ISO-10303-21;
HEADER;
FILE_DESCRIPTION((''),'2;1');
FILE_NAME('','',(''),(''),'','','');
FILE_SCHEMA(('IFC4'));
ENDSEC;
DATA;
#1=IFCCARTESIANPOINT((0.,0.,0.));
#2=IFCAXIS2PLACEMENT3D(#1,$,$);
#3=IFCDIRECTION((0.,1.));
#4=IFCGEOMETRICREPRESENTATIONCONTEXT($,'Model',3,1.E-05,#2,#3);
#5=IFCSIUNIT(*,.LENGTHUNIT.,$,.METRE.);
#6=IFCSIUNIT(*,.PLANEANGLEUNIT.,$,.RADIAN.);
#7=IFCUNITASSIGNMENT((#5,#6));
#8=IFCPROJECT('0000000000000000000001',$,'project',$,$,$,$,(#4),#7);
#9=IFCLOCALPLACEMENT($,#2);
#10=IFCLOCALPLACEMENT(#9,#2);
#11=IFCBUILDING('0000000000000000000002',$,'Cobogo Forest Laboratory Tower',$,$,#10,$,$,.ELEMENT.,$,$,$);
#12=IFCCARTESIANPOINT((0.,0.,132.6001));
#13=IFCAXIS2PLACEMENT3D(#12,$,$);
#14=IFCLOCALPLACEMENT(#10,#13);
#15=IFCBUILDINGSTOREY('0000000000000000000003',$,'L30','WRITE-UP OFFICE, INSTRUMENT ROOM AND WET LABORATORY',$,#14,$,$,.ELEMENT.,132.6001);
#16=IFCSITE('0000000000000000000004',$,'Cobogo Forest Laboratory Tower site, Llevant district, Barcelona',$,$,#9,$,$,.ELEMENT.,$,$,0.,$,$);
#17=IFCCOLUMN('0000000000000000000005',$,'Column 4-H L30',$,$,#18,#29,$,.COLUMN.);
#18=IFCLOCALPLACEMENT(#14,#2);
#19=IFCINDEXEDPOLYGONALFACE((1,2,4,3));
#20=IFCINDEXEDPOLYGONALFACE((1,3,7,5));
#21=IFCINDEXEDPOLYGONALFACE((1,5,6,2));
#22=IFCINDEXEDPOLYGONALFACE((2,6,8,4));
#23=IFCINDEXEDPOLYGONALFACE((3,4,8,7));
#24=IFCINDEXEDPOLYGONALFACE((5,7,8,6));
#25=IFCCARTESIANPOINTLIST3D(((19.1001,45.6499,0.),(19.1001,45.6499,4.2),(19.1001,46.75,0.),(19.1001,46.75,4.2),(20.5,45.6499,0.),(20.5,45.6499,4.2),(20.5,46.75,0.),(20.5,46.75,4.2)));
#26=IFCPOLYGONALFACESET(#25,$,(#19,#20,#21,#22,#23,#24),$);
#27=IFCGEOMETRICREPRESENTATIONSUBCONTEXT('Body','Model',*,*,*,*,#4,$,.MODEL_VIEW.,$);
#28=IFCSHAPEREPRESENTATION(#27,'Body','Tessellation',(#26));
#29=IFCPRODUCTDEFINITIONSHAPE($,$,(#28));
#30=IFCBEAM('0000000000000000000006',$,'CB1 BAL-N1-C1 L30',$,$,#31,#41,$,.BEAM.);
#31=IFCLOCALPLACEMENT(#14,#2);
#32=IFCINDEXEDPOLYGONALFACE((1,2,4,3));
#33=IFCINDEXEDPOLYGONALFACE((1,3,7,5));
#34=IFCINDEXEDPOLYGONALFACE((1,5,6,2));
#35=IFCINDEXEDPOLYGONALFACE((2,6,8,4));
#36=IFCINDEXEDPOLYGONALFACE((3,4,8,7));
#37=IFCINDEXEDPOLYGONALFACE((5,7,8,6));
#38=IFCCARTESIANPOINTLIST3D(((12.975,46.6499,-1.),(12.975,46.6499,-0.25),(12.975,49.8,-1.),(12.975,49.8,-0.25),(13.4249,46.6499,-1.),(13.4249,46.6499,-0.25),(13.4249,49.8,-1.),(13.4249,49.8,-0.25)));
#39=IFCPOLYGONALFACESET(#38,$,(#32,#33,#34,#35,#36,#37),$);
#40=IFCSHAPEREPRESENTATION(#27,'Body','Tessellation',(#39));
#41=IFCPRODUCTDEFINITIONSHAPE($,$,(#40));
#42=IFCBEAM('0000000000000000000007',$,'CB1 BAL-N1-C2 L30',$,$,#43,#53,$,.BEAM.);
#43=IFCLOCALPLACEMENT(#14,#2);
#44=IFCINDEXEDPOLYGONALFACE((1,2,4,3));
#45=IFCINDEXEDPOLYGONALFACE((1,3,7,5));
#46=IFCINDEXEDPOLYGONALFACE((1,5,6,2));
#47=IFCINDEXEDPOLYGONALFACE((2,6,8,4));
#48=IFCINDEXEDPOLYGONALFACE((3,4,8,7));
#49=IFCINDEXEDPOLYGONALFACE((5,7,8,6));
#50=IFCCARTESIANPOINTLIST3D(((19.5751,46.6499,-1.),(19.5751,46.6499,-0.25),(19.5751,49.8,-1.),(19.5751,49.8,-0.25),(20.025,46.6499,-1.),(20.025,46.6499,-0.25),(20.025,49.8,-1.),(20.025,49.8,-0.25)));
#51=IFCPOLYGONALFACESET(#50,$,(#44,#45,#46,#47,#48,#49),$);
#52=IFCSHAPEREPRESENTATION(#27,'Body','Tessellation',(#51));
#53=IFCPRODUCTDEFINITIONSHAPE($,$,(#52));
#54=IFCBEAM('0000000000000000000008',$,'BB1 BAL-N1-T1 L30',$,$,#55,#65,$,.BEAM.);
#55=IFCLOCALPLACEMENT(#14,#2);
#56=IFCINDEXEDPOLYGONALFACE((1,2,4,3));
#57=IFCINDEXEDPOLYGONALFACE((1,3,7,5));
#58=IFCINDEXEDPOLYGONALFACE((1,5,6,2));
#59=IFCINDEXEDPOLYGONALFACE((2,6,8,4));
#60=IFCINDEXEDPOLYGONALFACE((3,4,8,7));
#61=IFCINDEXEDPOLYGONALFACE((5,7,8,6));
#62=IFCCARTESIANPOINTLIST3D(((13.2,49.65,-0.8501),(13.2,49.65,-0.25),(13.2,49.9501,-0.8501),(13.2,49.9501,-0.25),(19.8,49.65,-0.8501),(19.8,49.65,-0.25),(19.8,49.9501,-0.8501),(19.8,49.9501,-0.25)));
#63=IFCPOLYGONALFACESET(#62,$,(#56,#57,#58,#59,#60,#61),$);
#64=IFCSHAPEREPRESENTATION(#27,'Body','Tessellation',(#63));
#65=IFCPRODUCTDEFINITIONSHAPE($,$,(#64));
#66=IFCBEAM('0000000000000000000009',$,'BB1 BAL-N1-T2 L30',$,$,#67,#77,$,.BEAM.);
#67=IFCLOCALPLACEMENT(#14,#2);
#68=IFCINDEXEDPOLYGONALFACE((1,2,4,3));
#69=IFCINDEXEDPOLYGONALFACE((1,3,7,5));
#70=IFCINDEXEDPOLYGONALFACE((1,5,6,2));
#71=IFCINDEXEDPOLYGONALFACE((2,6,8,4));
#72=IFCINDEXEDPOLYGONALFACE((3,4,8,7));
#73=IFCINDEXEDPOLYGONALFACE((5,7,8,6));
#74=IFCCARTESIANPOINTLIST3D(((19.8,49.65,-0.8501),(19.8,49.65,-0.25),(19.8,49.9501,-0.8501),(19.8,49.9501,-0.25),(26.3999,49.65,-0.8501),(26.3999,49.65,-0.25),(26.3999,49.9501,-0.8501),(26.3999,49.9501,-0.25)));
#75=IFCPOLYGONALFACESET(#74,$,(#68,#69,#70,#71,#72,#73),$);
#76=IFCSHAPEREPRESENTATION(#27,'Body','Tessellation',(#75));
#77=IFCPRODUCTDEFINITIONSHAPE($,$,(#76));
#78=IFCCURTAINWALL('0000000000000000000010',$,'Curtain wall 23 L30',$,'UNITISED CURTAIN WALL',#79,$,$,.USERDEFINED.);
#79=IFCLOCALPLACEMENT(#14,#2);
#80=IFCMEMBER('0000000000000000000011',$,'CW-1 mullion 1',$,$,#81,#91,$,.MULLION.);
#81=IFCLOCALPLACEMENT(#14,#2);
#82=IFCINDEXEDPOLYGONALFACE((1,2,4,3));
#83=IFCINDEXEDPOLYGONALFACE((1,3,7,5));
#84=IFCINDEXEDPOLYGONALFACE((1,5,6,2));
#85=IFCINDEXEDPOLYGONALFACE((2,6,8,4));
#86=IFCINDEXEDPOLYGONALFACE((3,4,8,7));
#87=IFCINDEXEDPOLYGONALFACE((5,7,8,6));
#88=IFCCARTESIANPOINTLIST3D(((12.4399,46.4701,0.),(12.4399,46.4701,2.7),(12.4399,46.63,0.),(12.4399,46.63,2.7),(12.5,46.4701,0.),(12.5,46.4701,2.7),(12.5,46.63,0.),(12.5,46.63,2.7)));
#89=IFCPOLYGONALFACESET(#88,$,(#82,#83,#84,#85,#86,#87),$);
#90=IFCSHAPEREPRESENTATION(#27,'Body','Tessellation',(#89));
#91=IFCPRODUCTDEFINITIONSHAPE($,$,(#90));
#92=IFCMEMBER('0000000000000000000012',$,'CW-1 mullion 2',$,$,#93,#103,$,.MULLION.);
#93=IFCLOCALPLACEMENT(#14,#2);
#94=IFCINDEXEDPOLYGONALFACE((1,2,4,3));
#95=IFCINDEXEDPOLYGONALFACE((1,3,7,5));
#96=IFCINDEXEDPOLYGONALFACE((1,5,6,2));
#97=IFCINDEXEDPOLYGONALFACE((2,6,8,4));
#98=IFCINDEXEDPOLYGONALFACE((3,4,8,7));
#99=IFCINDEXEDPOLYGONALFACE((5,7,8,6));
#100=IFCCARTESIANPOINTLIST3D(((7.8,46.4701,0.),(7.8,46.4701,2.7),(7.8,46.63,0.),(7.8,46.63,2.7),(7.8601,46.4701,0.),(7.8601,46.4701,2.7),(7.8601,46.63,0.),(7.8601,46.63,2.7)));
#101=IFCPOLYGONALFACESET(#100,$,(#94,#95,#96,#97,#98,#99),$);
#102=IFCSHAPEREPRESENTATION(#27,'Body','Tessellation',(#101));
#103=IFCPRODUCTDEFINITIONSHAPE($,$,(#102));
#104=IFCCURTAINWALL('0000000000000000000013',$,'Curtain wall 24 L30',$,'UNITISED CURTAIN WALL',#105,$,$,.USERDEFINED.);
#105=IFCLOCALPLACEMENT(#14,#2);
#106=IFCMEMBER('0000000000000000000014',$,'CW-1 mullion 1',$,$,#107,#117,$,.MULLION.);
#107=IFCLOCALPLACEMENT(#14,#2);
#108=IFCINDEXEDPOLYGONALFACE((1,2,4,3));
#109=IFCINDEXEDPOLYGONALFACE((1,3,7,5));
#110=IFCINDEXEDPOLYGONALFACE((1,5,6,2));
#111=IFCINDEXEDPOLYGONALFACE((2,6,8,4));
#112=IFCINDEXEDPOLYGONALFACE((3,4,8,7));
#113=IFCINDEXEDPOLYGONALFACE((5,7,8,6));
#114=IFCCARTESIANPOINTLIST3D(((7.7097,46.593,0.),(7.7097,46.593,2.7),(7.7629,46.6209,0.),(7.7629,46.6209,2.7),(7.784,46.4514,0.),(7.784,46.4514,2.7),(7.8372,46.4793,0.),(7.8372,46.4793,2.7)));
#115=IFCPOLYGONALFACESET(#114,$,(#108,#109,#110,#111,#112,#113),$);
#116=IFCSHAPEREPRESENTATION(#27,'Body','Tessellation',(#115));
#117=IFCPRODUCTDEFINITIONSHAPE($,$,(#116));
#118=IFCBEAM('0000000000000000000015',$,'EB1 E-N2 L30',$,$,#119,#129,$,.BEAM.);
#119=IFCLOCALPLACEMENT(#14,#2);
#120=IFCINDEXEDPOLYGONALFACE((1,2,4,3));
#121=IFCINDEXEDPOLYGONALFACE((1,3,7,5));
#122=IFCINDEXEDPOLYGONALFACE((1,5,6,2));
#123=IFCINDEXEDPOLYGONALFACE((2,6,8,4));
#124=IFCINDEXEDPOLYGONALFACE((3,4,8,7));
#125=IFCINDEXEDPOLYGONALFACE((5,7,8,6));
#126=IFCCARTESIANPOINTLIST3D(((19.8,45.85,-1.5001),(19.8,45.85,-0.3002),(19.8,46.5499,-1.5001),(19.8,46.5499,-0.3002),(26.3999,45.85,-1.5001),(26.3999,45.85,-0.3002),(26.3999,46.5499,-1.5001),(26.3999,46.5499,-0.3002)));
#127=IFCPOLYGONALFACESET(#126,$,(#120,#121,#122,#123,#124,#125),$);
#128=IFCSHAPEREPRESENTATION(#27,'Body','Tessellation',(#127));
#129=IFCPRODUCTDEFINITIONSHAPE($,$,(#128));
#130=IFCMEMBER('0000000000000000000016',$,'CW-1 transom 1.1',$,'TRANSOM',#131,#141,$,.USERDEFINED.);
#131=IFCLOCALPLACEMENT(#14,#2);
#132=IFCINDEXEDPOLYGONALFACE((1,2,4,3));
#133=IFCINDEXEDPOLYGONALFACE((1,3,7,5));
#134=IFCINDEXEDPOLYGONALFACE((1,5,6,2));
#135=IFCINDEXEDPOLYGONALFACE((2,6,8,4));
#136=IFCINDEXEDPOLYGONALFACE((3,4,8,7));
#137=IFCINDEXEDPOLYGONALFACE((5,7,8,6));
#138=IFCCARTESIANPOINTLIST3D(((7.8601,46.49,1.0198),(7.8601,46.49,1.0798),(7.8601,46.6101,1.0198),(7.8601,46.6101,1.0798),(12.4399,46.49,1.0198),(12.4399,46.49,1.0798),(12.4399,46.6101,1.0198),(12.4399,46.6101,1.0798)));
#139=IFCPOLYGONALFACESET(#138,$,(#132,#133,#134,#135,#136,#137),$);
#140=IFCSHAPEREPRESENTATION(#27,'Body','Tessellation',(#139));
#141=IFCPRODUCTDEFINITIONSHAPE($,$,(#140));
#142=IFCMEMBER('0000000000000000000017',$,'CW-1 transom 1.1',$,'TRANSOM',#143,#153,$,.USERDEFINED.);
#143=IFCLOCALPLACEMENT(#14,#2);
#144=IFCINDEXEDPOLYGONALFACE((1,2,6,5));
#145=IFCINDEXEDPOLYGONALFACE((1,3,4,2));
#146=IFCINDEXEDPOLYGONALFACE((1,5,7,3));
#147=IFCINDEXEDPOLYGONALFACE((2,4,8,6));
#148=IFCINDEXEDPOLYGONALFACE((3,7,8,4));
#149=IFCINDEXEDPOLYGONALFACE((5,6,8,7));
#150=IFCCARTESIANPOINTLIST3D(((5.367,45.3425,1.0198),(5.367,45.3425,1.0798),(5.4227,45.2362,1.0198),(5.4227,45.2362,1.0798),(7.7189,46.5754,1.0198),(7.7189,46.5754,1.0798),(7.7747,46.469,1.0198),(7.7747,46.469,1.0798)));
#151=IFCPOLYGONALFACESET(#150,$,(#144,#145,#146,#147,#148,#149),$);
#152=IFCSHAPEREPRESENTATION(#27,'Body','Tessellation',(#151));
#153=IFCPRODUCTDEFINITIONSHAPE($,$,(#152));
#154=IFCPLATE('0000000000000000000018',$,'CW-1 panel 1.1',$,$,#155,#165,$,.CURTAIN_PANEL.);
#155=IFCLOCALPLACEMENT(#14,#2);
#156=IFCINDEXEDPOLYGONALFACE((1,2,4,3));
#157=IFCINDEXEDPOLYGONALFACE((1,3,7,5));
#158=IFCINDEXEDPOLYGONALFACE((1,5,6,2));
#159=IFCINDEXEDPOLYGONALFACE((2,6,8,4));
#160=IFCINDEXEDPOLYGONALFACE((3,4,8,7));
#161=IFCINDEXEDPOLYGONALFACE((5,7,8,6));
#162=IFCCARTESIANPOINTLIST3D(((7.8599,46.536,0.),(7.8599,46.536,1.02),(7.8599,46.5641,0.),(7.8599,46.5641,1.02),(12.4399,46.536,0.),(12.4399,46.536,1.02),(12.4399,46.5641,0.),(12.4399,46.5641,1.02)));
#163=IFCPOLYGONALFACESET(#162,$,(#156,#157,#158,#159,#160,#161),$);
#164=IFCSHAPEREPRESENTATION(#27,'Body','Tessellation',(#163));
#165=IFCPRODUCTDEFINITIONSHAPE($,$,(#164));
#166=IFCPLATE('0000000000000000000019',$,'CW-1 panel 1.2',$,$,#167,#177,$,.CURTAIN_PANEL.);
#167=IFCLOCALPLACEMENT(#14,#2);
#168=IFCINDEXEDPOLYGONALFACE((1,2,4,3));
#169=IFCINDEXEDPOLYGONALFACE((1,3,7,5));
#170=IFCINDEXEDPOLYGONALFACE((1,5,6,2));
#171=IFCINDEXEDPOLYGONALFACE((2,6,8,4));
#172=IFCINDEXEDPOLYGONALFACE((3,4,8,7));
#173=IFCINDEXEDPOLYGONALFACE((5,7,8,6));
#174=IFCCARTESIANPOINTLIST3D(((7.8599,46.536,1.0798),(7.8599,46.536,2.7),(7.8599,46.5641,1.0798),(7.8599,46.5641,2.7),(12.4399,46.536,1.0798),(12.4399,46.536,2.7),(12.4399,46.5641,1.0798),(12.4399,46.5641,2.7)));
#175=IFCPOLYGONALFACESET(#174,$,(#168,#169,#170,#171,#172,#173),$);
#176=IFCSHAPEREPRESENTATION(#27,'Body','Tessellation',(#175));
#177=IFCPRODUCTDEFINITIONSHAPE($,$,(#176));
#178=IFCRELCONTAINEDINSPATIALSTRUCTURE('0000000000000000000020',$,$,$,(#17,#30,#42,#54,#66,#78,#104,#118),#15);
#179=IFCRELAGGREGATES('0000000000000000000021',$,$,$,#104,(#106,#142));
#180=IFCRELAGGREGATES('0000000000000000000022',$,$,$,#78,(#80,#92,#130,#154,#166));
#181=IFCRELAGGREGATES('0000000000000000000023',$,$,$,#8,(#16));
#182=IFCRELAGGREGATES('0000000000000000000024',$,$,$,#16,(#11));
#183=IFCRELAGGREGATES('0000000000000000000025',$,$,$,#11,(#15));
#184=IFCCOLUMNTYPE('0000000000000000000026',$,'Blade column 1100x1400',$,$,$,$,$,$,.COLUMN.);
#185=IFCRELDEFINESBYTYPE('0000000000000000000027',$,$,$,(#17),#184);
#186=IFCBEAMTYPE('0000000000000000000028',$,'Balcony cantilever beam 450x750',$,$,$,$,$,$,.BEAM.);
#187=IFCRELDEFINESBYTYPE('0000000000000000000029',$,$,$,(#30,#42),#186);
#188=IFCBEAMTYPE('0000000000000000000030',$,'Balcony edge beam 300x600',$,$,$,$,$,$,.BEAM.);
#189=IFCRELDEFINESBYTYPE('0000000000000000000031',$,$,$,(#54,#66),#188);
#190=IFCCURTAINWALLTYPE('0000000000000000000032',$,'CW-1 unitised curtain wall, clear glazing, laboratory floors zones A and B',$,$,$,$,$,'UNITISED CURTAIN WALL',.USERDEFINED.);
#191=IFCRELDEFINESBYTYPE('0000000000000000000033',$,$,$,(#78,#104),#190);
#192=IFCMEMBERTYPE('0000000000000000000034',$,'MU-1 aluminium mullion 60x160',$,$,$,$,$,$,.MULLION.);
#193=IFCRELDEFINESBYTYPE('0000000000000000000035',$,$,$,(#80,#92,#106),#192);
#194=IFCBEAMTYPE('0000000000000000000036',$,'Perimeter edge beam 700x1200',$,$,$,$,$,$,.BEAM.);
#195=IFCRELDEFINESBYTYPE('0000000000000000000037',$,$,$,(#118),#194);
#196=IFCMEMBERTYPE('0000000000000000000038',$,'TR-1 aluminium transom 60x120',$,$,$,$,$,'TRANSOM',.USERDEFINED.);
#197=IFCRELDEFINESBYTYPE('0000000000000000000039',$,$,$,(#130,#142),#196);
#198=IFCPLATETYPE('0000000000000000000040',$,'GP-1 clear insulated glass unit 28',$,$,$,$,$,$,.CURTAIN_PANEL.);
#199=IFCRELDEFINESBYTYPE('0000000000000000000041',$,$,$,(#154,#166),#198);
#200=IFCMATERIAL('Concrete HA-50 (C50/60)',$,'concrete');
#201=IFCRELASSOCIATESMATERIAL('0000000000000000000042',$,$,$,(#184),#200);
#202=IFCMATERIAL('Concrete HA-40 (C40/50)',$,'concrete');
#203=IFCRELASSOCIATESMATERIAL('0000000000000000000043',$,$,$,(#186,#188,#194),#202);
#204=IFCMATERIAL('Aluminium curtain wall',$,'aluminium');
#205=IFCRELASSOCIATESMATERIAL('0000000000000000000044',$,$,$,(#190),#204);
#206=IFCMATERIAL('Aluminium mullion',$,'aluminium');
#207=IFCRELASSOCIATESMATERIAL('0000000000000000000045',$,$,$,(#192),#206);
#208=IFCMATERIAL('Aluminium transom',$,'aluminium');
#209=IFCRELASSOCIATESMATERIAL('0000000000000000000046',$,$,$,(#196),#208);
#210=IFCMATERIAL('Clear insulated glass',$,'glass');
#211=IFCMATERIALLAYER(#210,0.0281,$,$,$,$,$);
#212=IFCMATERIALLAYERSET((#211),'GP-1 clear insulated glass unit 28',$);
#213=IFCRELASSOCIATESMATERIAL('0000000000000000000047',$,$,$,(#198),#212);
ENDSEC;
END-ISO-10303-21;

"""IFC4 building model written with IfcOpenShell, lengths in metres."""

from ifc_helpers import new_model, si_unit, direction, frame, origin, origin_2d, place, context, subcontext, project, spatial, rectangle, extrude, material, layer, layer_set, material_profile, profile_set, type_object, element, aggregate, save


model = new_model("IFC4")

# Units and contexts
model_context = context("Model", 3, precision=1e-05, world=origin(), true_north=direction((0.0, 1.0)))
body_context = subcontext(model_context, "Body", "Model", "MODEL_VIEW")
ifc_project = project(units=[si_unit("LENGTHUNIT", "METRE"), si_unit("PLANEANGLEUNIT", "RADIAN")], contexts=[model_context])

# Site, building, storey
site_placement = place(None, origin())
site = spatial("IfcSite", under=ifc_project, at=site_placement, Name="Cobogo Forest Laboratory Tower site, Llevant district, Barcelona", CompositionType="ELEMENT", RefElevation=0.0)
building_placement = place(site_placement, origin())
building = spatial("IfcBuilding", under=site, at=building_placement, Name="Cobogo Forest Laboratory Tower", CompositionType="ELEMENT")
storey_placement = place(building_placement, frame((0.0, 0.0, 132.6001)))
storey = spatial("IfcBuildingStorey", under=building, at=storey_placement, Name="L30", Description="WRITE-UP OFFICE, INSTRUMENT ROOM AND WET LABORATORY", CompositionType="ELEMENT", Elevation=132.6001)

# Column
ifc_material_1 = material(Name="Concrete HA-50 (C50/60)", Category="concrete")
ifc_material_profile_1 = material_profile(ifc_material_1, rectangle(XDim=1.3999, YDim=1.1001, at=origin_2d()), Name="RC 1100x1400")
ifc_profile_set_1 = profile_set([ifc_material_profile_1], Name="Concrete HA-50 (C50/60)")
column_type = type_object("IfcColumnType", Name="Blade column 1100x1400", PredefinedType="COLUMN", material=ifc_profile_set_1)
column_placement = place(storey_placement, frame((19.8, 46.2, 0.0), z_axis=(0.0, 0.0, 1.0), x_axis=(1.0, 0.0, 0.0)))
element("IfcColumn", 1, at=column_placement, inside=storey, type_object=column_type, Name="Column 4-H L30", PredefinedType="COLUMN", context=body_context, shape_type="SweptSolid", body=[
    extrude(rectangle(XDim=1.3999, YDim=1.1001, at=origin_2d()), origin(), (0.0, 0.0, 1.0), 4.2),
])

# Beams
ifc_material_2 = material(Name="Concrete HA-40 (C40/50)", Category="concrete")
ifc_material_profile_2 = material_profile(ifc_material_2, rectangle(XDim=0.45, YDim=0.75, at=origin_2d()), Name="RC 450x750")
ifc_profile_set_2 = profile_set([ifc_material_profile_2], Name="Concrete HA-40 (C40/50)")
beam_type_1 = type_object("IfcBeamType", Name="Balcony cantilever beam 450x750", PredefinedType="BEAM", material=ifc_profile_set_2)
for number, where, z_axis, x_axis, name in (
    (2, (13.2, 46.6499, -0.625), (0.0, 1.0, 0.0), (-1.0, 0.0, 0.0), "CB1 BAL-N1-C1 L30"),
    (3, (19.8, 46.6499, -0.625), (0.0, 1.0, 0.0), (-1.0, 0.0, 0.0), "CB1 BAL-N1-C2 L30"),
):
    element("IfcBeam", number, at=place(storey_placement, frame(where, z_axis=z_axis, x_axis=x_axis)), inside=storey, type_object=beam_type_1, Name=name, PredefinedType="BEAM", context=body_context, shape_type="SweptSolid", body=[
        extrude(rectangle(XDim=0.45, YDim=0.75, at=origin_2d()), origin(), (0.0, 0.0, 1.0), 3.1501),
    ])
ifc_material_profile_3 = material_profile(ifc_material_2, rectangle(XDim=0.3, YDim=0.6001, at=origin_2d()), Name="RC 300x600")
ifc_profile_set_3 = profile_set([ifc_material_profile_3], Name="Concrete HA-40 (C40/50)")
beam_type_2 = type_object("IfcBeamType", Name="Balcony edge beam 300x600", PredefinedType="BEAM", material=ifc_profile_set_3)
beam_1_placement = place(storey_placement, frame((13.2, 49.8, -0.55), z_axis=(1.0, 0.0, 0.0), x_axis=(0.0, 1.0, 0.0)))
element("IfcBeam", 4, at=beam_1_placement, inside=storey, type_object=beam_type_2, Name="BB1 BAL-N1-T1 L30", PredefinedType="BEAM", context=body_context, shape_type="SweptSolid", body=[
    extrude(rectangle(XDim=0.3, YDim=0.6001, at=origin_2d()), origin(), (0.0, 0.0, 1.0), 6.6001),
])
beam_2_placement = place(storey_placement, frame((19.8, 49.8, -0.55), z_axis=(1.0, 0.0, 0.0), x_axis=(0.0, 1.0, 0.0)))
element("IfcBeam", 5, at=beam_2_placement, inside=storey, type_object=beam_type_2, Name="BB1 BAL-N1-T2 L30", PredefinedType="BEAM", context=body_context, shape_type="SweptSolid", body=[
    extrude(rectangle(XDim=0.3, YDim=0.6001, at=origin_2d()), origin(), (0.0, 0.0, 1.0), 6.5999),
])

# Curtain wall, members
ifc_material_3 = material(Name="Aluminium curtain wall", Category="aluminium")
curtain_wall_type = type_object("IfcCurtainWallType", Name="CW-1 unitised curtain wall, clear glazing, laboratory floors zones A and B", ElementType="UNITISED CURTAIN WALL", PredefinedType="USERDEFINED", material=ifc_material_3)
curtain_wall_1_placement = place(storey_placement, origin())
curtain_wall_1 = element("IfcCurtainWall", 6, at=curtain_wall_1_placement, inside=storey, type_object=curtain_wall_type, Name="Curtain wall 23 L30", ObjectType="UNITISED CURTAIN WALL", PredefinedType="USERDEFINED")
ifc_material_4 = material(Name="Aluminium mullion", Category="aluminium")
ifc_material_profile_4 = material_profile(ifc_material_4, rectangle(XDim=0.0601, YDim=0.1599, at=origin_2d()), Name="AL 60x160")
ifc_profile_set_4 = profile_set([ifc_material_profile_4], Name="Aluminium mullion")
member_type_1 = type_object("IfcMemberType", Name="MU-1 aluminium mullion 60x160", PredefinedType="MULLION", material=ifc_profile_set_4)
member_1_placement = place(storey_placement, frame((12.47, 46.55, 0.0), z_axis=(0.0, 0.0, 1.0), x_axis=(-1.0, 0.0, 0.0)))
member_1 = element("IfcMember", 7, at=member_1_placement, type_object=member_type_1, Name="CW-1 mullion 1", PredefinedType="MULLION", context=body_context, shape_type="SweptSolid", body=[
    extrude(rectangle(XDim=0.0601, YDim=0.1599, at=origin_2d()), origin(), (0.0, 0.0, 1.0), 2.7),
])
member_2_placement = place(storey_placement, frame((7.8301, 46.55, 0.0), z_axis=(0.0, 0.0, 1.0), x_axis=(-1.0, 0.0, 0.0)))
member_2 = element("IfcMember", 8, at=member_2_placement, type_object=member_type_1, Name="CW-1 mullion 2", PredefinedType="MULLION", context=body_context, shape_type="SweptSolid", body=[
    extrude(rectangle(XDim=0.0601, YDim=0.1599, at=origin_2d()), origin(), (0.0, 0.0, 1.0), 2.7),
])

# Curtain wall, member
curtain_wall_2_placement = place(storey_placement, origin())
curtain_wall_2 = element("IfcCurtainWall", 9, at=curtain_wall_2_placement, inside=storey, type_object=curtain_wall_type, Name="Curtain wall 24 L30", ObjectType="UNITISED CURTAIN WALL", PredefinedType="USERDEFINED")
member_3_placement = place(storey_placement, frame((7.7734, 46.5361, 0.0), z_axis=(0.0, 0.0, 1.0), x_axis=(-0.885687, -0.464284, 0.0)))
member_3 = element("IfcMember", 10, at=member_3_placement, type_object=member_type_1, Name="CW-1 mullion 1", PredefinedType="MULLION", context=body_context, shape_type="SweptSolid", body=[
    extrude(rectangle(XDim=0.0601, YDim=0.1599, at=origin_2d()), origin(), (0.0, 0.0, 1.0), 2.7),
])

# Beam
ifc_material_profile_5 = material_profile(ifc_material_2, rectangle(XDim=0.7, YDim=1.2, at=origin_2d()), Name="RC 700x1200")
ifc_profile_set_5 = profile_set([ifc_material_profile_5], Name="Concrete HA-40 (C40/50)")
beam_type_3 = type_object("IfcBeamType", Name="Perimeter edge beam 700x1200", PredefinedType="BEAM", material=ifc_profile_set_5)
beam_3_placement = place(storey_placement, frame((19.8, 46.2, -0.9001), z_axis=(1.0, 0.0, 0.0), x_axis=(0.0, 1.0, 0.0)))
element("IfcBeam", 11, at=beam_3_placement, inside=storey, type_object=beam_type_3, Name="EB1 E-N2 L30", PredefinedType="BEAM", context=body_context, shape_type="SweptSolid", body=[
    extrude(rectangle(XDim=0.7, YDim=1.2, at=origin_2d()), origin(), (0.0, 0.0, 1.0), 6.5999),
])

# Members
ifc_material_5 = material(Name="Aluminium transom", Category="aluminium")
ifc_material_profile_6 = material_profile(ifc_material_5, rectangle(XDim=0.1201, YDim=0.0601, at=origin_2d()), Name="AL 60x120")
ifc_profile_set_6 = profile_set([ifc_material_profile_6], Name="Aluminium transom")
member_type_2 = type_object("IfcMemberType", Name="TR-1 aluminium transom 60x120", ElementType="TRANSOM", PredefinedType="USERDEFINED", material=ifc_profile_set_6)
member_4_placement = place(storey_placement, frame((12.4399, 46.55, 1.0498), z_axis=(-1.0, 0.0, 0.0), x_axis=(0.0, -1.0, 0.0)))
member_4 = element("IfcMember", 12, at=member_4_placement, type_object=member_type_2, Name="CW-1 transom 1.1", ObjectType="TRANSOM", PredefinedType="USERDEFINED", context=body_context, shape_type="SweptSolid", body=[
    extrude(rectangle(XDim=0.1201, YDim=0.0601, at=origin_2d()), origin(), (0.0, 0.0, 1.0), 4.5798),
])
member_5_placement = place(storey_placement, frame((7.7468, 46.5222, 1.0498), z_axis=(-0.885695, -0.464268, 0.0), x_axis=(0.464268, -0.885695, 0.0)))
member_5 = element("IfcMember", 13, at=member_5_placement, type_object=member_type_2, Name="CW-1 transom 1.1", ObjectType="TRANSOM", PredefinedType="USERDEFINED", context=body_context, shape_type="SweptSolid", body=[
    extrude(rectangle(XDim=0.1201, YDim=0.0601, at=origin_2d()), origin(), (0.0, 0.0, 1.0), 2.6555),
])
aggregate(curtain_wall_2, [member_3, member_5])

# Plates
ifc_material_6 = material(Name="Clear insulated glass", Category="glass")
ifc_layer_1 = layer(ifc_material_6, 0.0281)
ifc_layer_set_1 = layer_set([ifc_layer_1], Name="GP-1 clear insulated glass unit 28")
plate_type = type_object("IfcPlateType", Name="GP-1 clear insulated glass unit 28", PredefinedType="CURTAIN_PANEL", material=ifc_layer_set_1)
plate_1_placement = place(storey_placement, frame((10.1499, 46.55, 0.0), z_axis=(0.0, 0.0, 1.0), x_axis=(-1.0, 0.0, 0.0)))
plate_1 = element("IfcPlate", 14, at=plate_1_placement, type_object=plate_type, Name="CW-1 panel 1.1", PredefinedType="CURTAIN_PANEL", context=body_context, shape_type="SweptSolid", body=[
    extrude(rectangle(XDim=4.5801, YDim=0.0281, at=origin_2d()), origin(), (0.0, 0.0, 1.0), 1.02),
])
plate_2_placement = place(storey_placement, frame((10.1499, 46.55, 1.0798), z_axis=(0.0, 0.0, 1.0), x_axis=(-1.0, 0.0, 0.0)))
plate_2 = element("IfcPlate", 15, at=plate_2_placement, type_object=plate_type, Name="CW-1 panel 1.2", PredefinedType="CURTAIN_PANEL", context=body_context, shape_type="SweptSolid", body=[
    extrude(rectangle(XDim=4.5801, YDim=0.0281, at=origin_2d()), origin(), (0.0, 0.0, 1.0), 1.6201),
])
aggregate(curtain_wall_1, [member_1, member_2, member_4, plate_1, plate_2])

save(model, "model.ifc")
